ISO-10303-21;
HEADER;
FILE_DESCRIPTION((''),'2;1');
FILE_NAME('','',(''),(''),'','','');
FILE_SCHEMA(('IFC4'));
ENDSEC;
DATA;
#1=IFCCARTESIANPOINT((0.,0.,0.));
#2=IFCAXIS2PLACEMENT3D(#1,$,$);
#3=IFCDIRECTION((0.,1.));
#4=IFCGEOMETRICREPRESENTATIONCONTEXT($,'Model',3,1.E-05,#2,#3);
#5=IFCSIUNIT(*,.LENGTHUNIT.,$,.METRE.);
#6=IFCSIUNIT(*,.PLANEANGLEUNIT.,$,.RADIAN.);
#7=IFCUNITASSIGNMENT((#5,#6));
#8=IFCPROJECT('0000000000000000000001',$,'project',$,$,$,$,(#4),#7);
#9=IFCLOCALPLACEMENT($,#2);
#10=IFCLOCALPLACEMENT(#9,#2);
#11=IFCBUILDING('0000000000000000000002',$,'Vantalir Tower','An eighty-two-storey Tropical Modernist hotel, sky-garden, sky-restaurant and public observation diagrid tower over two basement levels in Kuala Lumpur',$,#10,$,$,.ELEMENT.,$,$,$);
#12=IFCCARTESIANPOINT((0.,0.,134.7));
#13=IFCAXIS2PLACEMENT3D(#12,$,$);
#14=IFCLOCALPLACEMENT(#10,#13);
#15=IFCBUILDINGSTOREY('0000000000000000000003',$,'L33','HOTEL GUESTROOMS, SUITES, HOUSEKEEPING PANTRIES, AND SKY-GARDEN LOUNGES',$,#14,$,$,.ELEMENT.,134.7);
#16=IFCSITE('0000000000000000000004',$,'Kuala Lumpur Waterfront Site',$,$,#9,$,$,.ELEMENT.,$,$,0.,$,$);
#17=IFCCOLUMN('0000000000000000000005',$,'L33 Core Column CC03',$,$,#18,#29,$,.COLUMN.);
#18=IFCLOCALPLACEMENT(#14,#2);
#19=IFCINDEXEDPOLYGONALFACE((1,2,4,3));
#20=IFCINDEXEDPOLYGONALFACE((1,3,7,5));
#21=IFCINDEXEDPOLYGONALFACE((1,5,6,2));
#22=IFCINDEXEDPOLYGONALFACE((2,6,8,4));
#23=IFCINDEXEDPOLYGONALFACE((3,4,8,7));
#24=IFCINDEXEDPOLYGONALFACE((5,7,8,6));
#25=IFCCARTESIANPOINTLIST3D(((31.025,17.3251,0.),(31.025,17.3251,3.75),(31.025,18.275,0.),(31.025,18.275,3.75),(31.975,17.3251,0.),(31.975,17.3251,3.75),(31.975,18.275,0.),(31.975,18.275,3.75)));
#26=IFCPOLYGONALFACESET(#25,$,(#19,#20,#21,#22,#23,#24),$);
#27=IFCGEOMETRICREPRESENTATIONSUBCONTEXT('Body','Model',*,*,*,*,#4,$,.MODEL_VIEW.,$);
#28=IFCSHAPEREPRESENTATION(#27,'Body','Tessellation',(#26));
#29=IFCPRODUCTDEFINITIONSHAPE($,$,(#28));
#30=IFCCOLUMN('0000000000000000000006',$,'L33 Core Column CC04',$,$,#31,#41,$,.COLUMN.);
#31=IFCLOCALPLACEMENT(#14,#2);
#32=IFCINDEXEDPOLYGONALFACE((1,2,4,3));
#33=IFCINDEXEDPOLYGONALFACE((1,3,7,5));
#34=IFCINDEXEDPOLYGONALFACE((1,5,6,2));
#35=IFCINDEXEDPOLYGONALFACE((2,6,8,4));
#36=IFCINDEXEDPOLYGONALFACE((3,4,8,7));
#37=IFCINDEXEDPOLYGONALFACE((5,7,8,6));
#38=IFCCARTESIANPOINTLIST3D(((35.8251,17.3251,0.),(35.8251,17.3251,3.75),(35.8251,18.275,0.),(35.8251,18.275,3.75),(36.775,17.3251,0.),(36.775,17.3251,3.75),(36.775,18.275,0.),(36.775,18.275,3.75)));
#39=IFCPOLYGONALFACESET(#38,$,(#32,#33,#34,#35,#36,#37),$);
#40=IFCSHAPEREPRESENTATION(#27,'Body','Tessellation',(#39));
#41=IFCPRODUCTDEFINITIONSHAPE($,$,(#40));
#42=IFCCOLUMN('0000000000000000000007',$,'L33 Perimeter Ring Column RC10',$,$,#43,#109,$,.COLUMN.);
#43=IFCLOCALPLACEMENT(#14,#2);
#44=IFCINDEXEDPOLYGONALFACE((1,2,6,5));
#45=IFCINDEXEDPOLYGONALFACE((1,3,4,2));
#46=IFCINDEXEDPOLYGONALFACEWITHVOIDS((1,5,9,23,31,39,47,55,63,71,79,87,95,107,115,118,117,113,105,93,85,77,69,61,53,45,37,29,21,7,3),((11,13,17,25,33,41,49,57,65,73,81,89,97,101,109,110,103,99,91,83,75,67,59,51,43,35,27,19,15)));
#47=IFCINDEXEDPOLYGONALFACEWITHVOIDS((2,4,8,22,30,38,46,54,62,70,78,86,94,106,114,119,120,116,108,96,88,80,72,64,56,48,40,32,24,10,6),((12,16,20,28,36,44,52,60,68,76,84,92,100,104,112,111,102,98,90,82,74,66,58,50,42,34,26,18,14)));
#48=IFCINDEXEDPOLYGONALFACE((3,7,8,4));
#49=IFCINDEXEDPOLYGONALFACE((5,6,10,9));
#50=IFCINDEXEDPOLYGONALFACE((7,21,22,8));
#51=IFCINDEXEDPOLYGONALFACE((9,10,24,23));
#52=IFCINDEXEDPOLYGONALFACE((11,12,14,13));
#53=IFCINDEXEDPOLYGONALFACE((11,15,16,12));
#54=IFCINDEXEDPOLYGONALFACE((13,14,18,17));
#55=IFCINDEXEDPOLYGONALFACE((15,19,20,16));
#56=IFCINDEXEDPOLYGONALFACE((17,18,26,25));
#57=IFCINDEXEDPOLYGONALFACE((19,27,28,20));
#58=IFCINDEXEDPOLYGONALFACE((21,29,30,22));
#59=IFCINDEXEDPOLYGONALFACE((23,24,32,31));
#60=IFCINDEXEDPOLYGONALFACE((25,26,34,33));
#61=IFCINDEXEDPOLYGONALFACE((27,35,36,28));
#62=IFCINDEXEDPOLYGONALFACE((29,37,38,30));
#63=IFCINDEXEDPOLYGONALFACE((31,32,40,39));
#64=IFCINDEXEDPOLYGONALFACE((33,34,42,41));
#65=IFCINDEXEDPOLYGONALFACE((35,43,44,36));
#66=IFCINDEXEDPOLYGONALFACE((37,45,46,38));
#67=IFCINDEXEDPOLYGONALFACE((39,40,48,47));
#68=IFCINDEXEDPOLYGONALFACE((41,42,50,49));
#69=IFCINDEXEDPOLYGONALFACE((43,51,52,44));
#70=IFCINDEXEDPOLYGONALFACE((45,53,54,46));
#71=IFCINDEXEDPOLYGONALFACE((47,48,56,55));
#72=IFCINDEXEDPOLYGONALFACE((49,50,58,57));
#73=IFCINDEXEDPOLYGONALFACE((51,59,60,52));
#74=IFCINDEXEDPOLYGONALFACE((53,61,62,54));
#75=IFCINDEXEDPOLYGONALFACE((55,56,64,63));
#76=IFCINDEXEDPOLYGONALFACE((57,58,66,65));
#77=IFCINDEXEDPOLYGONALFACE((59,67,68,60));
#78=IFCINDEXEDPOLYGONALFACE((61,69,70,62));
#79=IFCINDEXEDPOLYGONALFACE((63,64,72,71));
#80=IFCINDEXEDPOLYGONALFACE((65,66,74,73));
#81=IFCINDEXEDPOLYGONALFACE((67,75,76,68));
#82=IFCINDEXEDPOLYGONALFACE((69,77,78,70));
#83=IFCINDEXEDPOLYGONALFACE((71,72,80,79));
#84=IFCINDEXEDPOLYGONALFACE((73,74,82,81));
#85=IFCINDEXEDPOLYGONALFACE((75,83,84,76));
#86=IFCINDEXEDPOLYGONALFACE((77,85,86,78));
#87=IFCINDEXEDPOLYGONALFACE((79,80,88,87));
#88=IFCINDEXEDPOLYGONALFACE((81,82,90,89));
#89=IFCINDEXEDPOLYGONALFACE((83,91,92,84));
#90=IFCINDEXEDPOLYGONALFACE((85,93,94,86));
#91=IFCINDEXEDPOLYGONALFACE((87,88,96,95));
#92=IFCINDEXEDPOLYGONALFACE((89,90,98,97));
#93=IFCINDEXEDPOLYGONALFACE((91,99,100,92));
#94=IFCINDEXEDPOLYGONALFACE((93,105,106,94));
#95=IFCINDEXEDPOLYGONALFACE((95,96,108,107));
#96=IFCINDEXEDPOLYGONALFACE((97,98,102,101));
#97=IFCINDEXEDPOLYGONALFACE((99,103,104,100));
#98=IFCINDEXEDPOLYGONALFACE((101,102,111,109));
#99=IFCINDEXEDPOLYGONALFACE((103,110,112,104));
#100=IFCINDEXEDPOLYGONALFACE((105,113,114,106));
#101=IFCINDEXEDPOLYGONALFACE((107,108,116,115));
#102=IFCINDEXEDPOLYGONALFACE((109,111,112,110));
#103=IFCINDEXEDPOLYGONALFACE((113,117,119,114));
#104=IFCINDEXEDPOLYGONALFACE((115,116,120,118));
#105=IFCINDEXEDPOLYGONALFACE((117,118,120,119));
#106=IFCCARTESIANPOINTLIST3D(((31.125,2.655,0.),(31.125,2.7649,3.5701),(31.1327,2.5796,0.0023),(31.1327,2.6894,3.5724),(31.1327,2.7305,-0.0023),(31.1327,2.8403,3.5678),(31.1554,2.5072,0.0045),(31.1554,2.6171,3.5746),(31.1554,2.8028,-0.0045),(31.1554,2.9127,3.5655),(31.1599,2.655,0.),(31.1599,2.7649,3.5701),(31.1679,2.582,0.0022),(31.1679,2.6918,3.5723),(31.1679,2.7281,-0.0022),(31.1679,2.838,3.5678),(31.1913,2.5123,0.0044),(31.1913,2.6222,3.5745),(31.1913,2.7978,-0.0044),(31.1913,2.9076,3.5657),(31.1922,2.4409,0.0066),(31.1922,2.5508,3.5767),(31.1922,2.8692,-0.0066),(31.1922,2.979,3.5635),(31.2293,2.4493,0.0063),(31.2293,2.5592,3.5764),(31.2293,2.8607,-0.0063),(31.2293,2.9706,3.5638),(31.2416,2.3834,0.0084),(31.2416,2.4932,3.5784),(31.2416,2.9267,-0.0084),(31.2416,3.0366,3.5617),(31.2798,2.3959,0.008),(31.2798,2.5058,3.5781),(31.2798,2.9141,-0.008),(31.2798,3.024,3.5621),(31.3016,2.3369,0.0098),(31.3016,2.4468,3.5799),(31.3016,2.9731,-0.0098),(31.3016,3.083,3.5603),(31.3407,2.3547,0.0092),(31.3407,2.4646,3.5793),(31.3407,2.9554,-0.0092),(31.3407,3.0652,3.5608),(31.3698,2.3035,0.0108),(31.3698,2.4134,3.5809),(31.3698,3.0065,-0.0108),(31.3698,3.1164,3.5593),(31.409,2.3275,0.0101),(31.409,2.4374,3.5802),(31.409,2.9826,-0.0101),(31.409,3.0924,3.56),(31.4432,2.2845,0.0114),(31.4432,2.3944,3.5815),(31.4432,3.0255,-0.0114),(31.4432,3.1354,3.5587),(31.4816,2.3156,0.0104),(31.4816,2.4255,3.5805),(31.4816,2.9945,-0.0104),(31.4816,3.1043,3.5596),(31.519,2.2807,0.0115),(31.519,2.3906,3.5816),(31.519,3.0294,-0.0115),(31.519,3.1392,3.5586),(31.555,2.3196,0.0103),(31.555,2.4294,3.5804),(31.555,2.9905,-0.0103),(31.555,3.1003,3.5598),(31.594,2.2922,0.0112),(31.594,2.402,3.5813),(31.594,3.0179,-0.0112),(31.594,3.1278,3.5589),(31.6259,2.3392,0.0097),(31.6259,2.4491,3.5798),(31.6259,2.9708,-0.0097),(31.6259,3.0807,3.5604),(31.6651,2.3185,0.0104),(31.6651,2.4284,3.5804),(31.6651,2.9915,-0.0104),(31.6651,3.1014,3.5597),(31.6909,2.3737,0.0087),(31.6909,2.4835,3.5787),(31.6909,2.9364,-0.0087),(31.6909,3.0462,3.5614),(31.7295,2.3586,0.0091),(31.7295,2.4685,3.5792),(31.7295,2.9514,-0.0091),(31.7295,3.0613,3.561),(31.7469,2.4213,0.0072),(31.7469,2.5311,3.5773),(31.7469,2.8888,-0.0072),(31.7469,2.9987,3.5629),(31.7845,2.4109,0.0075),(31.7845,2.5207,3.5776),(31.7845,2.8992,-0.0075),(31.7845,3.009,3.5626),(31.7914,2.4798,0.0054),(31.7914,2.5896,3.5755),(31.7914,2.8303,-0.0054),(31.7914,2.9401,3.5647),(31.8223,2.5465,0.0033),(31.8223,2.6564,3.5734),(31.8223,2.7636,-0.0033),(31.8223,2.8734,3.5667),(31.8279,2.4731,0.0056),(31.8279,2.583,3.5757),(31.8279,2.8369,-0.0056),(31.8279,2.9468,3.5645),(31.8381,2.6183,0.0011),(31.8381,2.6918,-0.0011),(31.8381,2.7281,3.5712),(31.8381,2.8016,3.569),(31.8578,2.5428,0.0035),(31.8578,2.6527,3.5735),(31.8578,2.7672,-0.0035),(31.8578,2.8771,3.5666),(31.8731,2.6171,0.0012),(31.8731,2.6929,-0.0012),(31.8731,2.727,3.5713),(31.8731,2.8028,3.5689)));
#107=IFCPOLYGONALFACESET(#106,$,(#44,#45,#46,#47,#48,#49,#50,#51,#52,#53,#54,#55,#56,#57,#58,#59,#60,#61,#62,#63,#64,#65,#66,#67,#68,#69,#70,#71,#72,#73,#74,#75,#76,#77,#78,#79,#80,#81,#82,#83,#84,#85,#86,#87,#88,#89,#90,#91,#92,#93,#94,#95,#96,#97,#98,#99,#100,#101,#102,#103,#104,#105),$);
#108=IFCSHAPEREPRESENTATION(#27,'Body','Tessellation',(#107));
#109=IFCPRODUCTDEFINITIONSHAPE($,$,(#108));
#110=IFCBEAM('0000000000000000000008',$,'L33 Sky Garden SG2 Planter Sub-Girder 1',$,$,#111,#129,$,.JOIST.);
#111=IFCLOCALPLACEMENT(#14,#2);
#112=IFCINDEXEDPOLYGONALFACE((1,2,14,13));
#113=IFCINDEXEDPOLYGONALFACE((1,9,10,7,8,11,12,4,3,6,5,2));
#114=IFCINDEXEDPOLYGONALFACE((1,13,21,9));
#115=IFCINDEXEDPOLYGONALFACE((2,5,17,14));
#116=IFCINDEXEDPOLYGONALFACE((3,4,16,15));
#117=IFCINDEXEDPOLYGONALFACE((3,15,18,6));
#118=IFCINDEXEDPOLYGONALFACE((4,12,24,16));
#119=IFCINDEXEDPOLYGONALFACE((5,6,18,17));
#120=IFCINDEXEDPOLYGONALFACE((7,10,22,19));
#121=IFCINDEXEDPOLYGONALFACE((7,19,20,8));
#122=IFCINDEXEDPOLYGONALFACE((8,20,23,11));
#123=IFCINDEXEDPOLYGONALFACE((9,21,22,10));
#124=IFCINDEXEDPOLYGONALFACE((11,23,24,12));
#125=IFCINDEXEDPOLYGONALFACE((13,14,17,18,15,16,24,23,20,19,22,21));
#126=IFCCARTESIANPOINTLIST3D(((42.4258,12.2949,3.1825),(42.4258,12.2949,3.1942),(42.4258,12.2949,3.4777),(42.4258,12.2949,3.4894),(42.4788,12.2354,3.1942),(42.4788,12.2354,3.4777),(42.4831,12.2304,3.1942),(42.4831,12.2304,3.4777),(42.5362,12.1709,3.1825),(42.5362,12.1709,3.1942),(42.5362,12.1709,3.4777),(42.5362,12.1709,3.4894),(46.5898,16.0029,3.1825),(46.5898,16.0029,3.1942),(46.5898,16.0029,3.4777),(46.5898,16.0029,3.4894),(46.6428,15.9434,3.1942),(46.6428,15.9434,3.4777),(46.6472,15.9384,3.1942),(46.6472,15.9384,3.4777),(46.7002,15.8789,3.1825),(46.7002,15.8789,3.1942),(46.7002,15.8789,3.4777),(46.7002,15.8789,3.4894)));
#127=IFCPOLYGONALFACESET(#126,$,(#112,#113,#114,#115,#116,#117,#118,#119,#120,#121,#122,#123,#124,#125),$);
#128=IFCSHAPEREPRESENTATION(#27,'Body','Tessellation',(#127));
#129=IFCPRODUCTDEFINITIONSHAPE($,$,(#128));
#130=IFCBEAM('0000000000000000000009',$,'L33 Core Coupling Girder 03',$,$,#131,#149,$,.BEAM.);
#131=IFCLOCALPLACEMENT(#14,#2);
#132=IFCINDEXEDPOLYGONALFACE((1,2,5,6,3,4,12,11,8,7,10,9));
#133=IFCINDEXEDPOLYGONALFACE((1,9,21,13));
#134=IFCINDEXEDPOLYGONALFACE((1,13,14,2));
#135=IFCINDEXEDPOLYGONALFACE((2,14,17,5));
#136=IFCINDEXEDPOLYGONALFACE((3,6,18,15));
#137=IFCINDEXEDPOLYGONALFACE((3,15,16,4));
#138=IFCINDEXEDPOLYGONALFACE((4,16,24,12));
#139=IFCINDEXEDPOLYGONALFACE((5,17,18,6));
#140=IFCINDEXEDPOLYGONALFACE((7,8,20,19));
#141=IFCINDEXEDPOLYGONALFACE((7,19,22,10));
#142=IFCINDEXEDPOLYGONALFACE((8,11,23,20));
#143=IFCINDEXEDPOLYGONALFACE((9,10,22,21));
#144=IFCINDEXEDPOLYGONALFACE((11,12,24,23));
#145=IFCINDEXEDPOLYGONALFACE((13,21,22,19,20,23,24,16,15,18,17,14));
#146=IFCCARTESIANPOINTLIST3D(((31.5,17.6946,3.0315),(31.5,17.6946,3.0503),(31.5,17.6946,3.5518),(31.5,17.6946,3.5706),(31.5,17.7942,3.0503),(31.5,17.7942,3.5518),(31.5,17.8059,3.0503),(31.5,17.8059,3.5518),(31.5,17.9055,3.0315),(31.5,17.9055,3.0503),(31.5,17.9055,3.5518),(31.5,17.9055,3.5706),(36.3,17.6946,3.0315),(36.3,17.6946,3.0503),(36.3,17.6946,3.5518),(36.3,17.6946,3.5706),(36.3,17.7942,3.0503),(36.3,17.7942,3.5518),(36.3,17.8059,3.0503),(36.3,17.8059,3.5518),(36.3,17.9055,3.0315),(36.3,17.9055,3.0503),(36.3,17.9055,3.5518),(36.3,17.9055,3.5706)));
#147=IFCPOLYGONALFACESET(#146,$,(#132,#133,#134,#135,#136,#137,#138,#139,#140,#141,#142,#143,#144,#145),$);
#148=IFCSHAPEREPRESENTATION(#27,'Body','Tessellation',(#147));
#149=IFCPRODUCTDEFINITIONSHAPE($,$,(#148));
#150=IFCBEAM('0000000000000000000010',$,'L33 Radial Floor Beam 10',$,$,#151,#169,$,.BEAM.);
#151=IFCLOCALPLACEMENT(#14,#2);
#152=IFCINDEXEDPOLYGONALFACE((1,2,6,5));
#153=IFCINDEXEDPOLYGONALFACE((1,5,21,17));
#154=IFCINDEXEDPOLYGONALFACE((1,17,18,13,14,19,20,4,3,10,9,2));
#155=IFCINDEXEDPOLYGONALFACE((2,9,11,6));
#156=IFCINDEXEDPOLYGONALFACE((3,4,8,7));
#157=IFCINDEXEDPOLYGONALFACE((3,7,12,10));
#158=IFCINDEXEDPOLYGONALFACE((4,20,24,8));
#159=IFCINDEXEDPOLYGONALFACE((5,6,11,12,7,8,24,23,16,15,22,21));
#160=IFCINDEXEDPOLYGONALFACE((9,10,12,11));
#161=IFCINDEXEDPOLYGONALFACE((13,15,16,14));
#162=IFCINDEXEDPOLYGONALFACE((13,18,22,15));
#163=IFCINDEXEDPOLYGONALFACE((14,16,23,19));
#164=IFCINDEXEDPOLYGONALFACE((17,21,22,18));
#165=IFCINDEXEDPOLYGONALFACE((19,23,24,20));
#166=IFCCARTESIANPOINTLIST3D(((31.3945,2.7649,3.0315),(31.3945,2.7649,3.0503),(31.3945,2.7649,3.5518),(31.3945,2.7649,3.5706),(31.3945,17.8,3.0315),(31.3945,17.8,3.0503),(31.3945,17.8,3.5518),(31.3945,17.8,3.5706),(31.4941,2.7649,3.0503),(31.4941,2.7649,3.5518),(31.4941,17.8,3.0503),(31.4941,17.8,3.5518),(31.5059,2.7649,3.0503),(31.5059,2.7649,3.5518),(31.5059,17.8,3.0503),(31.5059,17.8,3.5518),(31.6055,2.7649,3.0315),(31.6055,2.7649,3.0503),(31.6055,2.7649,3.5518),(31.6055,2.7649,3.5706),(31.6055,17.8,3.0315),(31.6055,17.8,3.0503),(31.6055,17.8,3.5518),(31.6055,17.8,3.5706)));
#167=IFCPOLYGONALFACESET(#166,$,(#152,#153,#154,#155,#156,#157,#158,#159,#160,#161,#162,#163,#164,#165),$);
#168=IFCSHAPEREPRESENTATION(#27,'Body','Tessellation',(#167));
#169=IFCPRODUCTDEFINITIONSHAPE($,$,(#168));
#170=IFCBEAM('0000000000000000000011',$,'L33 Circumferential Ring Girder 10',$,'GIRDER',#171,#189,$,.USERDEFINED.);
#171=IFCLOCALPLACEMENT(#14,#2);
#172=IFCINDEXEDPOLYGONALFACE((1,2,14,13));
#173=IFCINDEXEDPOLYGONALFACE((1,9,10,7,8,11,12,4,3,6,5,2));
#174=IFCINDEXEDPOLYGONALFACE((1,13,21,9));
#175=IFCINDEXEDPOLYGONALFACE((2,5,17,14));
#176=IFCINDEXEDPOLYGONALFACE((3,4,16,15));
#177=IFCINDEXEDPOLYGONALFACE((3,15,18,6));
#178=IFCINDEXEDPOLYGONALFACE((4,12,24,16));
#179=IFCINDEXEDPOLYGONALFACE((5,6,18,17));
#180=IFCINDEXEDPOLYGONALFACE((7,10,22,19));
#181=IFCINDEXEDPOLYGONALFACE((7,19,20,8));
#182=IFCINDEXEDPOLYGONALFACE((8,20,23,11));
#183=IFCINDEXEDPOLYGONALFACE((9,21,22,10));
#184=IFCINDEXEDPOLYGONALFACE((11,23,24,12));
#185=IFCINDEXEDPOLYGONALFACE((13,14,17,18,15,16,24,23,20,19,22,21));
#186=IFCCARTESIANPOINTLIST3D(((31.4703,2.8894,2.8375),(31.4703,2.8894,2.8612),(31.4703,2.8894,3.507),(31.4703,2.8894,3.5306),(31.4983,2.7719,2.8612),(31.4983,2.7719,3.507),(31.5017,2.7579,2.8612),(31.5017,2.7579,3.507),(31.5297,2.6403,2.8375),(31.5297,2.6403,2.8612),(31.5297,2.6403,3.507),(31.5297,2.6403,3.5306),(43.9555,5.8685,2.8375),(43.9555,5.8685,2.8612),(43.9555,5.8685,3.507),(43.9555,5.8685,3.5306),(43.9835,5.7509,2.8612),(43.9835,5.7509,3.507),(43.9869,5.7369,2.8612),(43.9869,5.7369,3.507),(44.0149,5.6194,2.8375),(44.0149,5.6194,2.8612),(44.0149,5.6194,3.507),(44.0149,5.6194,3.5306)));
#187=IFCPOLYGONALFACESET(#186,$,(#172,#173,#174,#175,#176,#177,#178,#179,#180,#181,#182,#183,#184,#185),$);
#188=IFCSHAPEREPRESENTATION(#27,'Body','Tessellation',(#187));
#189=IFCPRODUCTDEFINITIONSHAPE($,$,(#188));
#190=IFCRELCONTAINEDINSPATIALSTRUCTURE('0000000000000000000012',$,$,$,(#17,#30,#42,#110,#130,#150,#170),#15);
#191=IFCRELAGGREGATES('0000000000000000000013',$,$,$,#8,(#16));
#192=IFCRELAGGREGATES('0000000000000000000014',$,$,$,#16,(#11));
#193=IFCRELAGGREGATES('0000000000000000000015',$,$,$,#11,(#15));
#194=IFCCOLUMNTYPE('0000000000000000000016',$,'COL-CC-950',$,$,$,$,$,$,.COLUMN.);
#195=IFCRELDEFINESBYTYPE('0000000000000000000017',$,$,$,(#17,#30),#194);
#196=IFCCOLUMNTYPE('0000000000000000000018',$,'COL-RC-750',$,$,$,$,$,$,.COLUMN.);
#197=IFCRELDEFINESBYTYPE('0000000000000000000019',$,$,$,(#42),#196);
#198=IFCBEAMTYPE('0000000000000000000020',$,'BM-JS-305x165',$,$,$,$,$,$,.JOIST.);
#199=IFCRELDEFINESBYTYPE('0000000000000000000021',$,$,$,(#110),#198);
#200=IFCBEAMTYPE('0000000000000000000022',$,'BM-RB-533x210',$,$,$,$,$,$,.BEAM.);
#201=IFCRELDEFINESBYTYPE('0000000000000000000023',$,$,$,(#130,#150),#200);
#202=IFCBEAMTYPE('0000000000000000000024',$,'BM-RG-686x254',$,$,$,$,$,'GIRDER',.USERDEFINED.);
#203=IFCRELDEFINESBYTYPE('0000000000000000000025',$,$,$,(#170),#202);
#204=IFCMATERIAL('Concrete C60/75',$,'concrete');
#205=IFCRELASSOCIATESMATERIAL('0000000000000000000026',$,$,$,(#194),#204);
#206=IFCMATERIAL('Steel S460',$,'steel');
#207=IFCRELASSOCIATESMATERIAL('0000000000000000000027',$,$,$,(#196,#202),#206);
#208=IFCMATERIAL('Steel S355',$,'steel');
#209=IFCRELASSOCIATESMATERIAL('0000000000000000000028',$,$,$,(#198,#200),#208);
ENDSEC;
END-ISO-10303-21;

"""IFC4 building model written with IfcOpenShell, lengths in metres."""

from ifc_helpers import new_model, si_unit, direction, frame, origin, origin_2d, place, context, subcontext, project, spatial, rectangle, hollow_circle, i_section, extrude, material, material_profile, profile_set, type_object, element, save


model = new_model("IFC4")

# Units and contexts
model_context = context("Model", 3, precision=1e-05, world=origin(), true_north=direction((0.0, 1.0)))
body_context = subcontext(model_context, "Body", "Model", "MODEL_VIEW")
ifc_project = project(units=[si_unit("LENGTHUNIT", "METRE"), si_unit("PLANEANGLEUNIT", "RADIAN")], contexts=[model_context])

# Site, building, storey
site_placement = place(None, origin())
site = spatial("IfcSite", under=ifc_project, at=site_placement, Name="Kuala Lumpur Waterfront Site", CompositionType="ELEMENT", RefElevation=0.0)
building_placement = place(site_placement, origin())
building = spatial("IfcBuilding", under=site, at=building_placement, Name="Vantalir Tower", Description="An eighty-two-storey Tropical Modernist hotel, sky-garden, sky-restaurant and public observation diagrid tower over two basement levels in Kuala Lumpur", CompositionType="ELEMENT")
storey_placement = place(building_placement, frame((0.0, 0.0, 134.7)))
storey = spatial("IfcBuildingStorey", under=building, at=storey_placement, Name="L33", Description="HOTEL GUESTROOMS, SUITES, HOUSEKEEPING PANTRIES, AND SKY-GARDEN LOUNGES", CompositionType="ELEMENT", Elevation=134.7)

# Columns
ifc_material_1 = material(Name="Concrete C60/75", Category="concrete")
ifc_material_profile_1 = material_profile(ifc_material_1, rectangle(XDim=0.95, YDim=0.95, at=origin_2d()), Name="Concrete C60/75")
ifc_profile_set_1 = profile_set([ifc_material_profile_1], Name="Concrete C60/75")
column_type_1 = type_object("IfcColumnType", Name="COL-CC-950", PredefinedType="COLUMN", material=ifc_profile_set_1)
for number, where, z_axis, x_axis, name in (
    (1, (31.5, 17.8, 0.0), (0.0, 0.0, 1.0), (1.0, 0.0, 0.0), "L33 Core Column CC03"),
    (2, (36.3, 17.8, 0.0), (0.0, 0.0, 1.0), (1.0, 0.0, 0.0), "L33 Core Column CC04"),
):
    element("IfcColumn", number, at=place(storey_placement, frame(where, z_axis=z_axis, x_axis=x_axis)), inside=storey, type_object=column_type_1, Name=name, PredefinedType="COLUMN", context=body_context, shape_type="SweptSolid", body=[
        extrude(rectangle(XDim=0.95, YDim=0.95, at=origin_2d()), origin(), (0.0, 0.0, 1.0), 3.75),
    ])
ifc_material_2 = material(Name="Steel S460", Category="steel")
ifc_material_profile_2 = material_profile(ifc_material_2, hollow_circle(Radius=0.375, WallThickness=0.0349, at=origin_2d()), Name="Steel S460")
ifc_profile_set_2 = profile_set([ifc_material_profile_2], Name="Steel S460")
column_type_2 = type_object("IfcColumnType", Name="COL-RC-750", PredefinedType="COLUMN", material=ifc_profile_set_2)
column_placement = place(storey_placement, frame((31.5, 2.655, 0.0), z_axis=(0.0, 0.030759, 0.999527), x_axis=(-1.0, 0.0, 0.0)))
element("IfcColumn", 3, at=column_placement, inside=storey, type_object=column_type_2, Name="L33 Perimeter Ring Column RC10", PredefinedType="COLUMN", context=body_context, shape_type="SweptSolid", body=[
    extrude(hollow_circle(Radius=0.375, WallThickness=0.0349, at=origin_2d()), origin(), (0.0, 0.0, 1.0), 3.5718),
])

# Beams
ifc_material_3 = material(Name="Steel S355", Category="steel")
ifc_material_profile_3 = material_profile(ifc_material_3, i_section(OverallWidth=0.166, OverallDepth=0.3069, WebThickness=0.0066, FlangeThickness=0.0117, at=origin_2d()), Name="Steel S355")
ifc_profile_set_3 = profile_set([ifc_material_profile_3], Name="Steel S355")
beam_type_1 = type_object("IfcBeamType", Name="BM-JS-305x165", PredefinedType="JOIST", material=ifc_profile_set_3)
beam_1_placement = place(storey_placement, frame((42.481, 12.2329, 3.3359), z_axis=(0.74682, 0.665027, 0.0), x_axis=(-0.665027, 0.74682, 0.0)))
element("IfcBeam", 4, at=beam_1_placement, inside=storey, type_object=beam_type_1, Name="L33 Sky Garden SG2 Planter Sub-Girder 1", PredefinedType="JOIST", context=body_context, shape_type="SweptSolid", body=[
    extrude(i_section(OverallWidth=0.166, OverallDepth=0.3069, WebThickness=0.0066, FlangeThickness=0.0117, at=origin_2d()), origin(), (0.0, 0.0, 1.0), 5.5757),
])
ifc_material_profile_4 = material_profile(ifc_material_3, i_section(OverallWidth=0.2109, OverallDepth=0.5391, WebThickness=0.0117, FlangeThickness=0.0188, at=origin_2d()), Name="Steel S355")
ifc_profile_set_4 = profile_set([ifc_material_profile_4], Name="Steel S355")
beam_type_2 = type_object("IfcBeamType", Name="BM-RB-533x210", PredefinedType="BEAM", material=ifc_profile_set_4)
beam_2_placement = place(storey_placement, frame((31.5, 17.8, 3.301), z_axis=(1.0, 0.0, 0.0), x_axis=(0.0, 1.0, 0.0)))
element("IfcBeam", 5, at=beam_2_placement, inside=storey, type_object=beam_type_2, Name="L33 Core Coupling Girder 03", PredefinedType="BEAM", context=body_context, shape_type="SweptSolid", body=[
    extrude(i_section(OverallWidth=0.2109, OverallDepth=0.5391, WebThickness=0.0117, FlangeThickness=0.0188, at=origin_2d()), origin(), (0.0, 0.0, 1.0), 4.8),
])
beam_3_placement = place(storey_placement, frame((31.5, 2.7649, 3.301), z_axis=(0.0, 1.0, 0.0), x_axis=(-1.0, 0.0, 0.0)))
element("IfcBeam", 6, at=beam_3_placement, inside=storey, type_object=beam_type_2, Name="L33 Radial Floor Beam 10", PredefinedType="BEAM", context=body_context, shape_type="SweptSolid", body=[
    extrude(i_section(OverallWidth=0.2109, OverallDepth=0.5391, WebThickness=0.0117, FlangeThickness=0.0188, at=origin_2d()), origin(), (0.0, 0.0, 1.0), 15.0352),
])
ifc_material_profile_5 = material_profile(ifc_material_2, i_section(OverallWidth=0.2561, OverallDepth=0.6931, WebThickness=0.0144, FlangeThickness=0.0237, at=origin_2d()), Name="Steel S460")
ifc_profile_set_5 = profile_set([ifc_material_profile_5], Name="Steel S460")
beam_type_3 = type_object("IfcBeamType", Name="BM-RG-686x254", ElementType="GIRDER", PredefinedType="USERDEFINED", material=ifc_profile_set_5)
beam_4_placement = place(storey_placement, frame((31.5, 2.7649, 3.1841), z_axis=(0.972694, 0.232089, 0.0), x_axis=(-0.232089, 0.972694, 0.0)))
element("IfcBeam", 7, at=beam_4_placement, inside=storey, type_object=beam_type_3, Name="L33 Circumferential Ring Girder 10", ObjectType="GIRDER", PredefinedType="USERDEFINED", context=body_context, shape_type="SweptSolid", body=[
    extrude(i_section(OverallWidth=0.2561, OverallDepth=0.6931, WebThickness=0.0144, FlangeThickness=0.0237, at=origin_2d()), origin(), (0.0, 0.0, 1.0), 12.8357),
])

save(model, "model.ifc")
